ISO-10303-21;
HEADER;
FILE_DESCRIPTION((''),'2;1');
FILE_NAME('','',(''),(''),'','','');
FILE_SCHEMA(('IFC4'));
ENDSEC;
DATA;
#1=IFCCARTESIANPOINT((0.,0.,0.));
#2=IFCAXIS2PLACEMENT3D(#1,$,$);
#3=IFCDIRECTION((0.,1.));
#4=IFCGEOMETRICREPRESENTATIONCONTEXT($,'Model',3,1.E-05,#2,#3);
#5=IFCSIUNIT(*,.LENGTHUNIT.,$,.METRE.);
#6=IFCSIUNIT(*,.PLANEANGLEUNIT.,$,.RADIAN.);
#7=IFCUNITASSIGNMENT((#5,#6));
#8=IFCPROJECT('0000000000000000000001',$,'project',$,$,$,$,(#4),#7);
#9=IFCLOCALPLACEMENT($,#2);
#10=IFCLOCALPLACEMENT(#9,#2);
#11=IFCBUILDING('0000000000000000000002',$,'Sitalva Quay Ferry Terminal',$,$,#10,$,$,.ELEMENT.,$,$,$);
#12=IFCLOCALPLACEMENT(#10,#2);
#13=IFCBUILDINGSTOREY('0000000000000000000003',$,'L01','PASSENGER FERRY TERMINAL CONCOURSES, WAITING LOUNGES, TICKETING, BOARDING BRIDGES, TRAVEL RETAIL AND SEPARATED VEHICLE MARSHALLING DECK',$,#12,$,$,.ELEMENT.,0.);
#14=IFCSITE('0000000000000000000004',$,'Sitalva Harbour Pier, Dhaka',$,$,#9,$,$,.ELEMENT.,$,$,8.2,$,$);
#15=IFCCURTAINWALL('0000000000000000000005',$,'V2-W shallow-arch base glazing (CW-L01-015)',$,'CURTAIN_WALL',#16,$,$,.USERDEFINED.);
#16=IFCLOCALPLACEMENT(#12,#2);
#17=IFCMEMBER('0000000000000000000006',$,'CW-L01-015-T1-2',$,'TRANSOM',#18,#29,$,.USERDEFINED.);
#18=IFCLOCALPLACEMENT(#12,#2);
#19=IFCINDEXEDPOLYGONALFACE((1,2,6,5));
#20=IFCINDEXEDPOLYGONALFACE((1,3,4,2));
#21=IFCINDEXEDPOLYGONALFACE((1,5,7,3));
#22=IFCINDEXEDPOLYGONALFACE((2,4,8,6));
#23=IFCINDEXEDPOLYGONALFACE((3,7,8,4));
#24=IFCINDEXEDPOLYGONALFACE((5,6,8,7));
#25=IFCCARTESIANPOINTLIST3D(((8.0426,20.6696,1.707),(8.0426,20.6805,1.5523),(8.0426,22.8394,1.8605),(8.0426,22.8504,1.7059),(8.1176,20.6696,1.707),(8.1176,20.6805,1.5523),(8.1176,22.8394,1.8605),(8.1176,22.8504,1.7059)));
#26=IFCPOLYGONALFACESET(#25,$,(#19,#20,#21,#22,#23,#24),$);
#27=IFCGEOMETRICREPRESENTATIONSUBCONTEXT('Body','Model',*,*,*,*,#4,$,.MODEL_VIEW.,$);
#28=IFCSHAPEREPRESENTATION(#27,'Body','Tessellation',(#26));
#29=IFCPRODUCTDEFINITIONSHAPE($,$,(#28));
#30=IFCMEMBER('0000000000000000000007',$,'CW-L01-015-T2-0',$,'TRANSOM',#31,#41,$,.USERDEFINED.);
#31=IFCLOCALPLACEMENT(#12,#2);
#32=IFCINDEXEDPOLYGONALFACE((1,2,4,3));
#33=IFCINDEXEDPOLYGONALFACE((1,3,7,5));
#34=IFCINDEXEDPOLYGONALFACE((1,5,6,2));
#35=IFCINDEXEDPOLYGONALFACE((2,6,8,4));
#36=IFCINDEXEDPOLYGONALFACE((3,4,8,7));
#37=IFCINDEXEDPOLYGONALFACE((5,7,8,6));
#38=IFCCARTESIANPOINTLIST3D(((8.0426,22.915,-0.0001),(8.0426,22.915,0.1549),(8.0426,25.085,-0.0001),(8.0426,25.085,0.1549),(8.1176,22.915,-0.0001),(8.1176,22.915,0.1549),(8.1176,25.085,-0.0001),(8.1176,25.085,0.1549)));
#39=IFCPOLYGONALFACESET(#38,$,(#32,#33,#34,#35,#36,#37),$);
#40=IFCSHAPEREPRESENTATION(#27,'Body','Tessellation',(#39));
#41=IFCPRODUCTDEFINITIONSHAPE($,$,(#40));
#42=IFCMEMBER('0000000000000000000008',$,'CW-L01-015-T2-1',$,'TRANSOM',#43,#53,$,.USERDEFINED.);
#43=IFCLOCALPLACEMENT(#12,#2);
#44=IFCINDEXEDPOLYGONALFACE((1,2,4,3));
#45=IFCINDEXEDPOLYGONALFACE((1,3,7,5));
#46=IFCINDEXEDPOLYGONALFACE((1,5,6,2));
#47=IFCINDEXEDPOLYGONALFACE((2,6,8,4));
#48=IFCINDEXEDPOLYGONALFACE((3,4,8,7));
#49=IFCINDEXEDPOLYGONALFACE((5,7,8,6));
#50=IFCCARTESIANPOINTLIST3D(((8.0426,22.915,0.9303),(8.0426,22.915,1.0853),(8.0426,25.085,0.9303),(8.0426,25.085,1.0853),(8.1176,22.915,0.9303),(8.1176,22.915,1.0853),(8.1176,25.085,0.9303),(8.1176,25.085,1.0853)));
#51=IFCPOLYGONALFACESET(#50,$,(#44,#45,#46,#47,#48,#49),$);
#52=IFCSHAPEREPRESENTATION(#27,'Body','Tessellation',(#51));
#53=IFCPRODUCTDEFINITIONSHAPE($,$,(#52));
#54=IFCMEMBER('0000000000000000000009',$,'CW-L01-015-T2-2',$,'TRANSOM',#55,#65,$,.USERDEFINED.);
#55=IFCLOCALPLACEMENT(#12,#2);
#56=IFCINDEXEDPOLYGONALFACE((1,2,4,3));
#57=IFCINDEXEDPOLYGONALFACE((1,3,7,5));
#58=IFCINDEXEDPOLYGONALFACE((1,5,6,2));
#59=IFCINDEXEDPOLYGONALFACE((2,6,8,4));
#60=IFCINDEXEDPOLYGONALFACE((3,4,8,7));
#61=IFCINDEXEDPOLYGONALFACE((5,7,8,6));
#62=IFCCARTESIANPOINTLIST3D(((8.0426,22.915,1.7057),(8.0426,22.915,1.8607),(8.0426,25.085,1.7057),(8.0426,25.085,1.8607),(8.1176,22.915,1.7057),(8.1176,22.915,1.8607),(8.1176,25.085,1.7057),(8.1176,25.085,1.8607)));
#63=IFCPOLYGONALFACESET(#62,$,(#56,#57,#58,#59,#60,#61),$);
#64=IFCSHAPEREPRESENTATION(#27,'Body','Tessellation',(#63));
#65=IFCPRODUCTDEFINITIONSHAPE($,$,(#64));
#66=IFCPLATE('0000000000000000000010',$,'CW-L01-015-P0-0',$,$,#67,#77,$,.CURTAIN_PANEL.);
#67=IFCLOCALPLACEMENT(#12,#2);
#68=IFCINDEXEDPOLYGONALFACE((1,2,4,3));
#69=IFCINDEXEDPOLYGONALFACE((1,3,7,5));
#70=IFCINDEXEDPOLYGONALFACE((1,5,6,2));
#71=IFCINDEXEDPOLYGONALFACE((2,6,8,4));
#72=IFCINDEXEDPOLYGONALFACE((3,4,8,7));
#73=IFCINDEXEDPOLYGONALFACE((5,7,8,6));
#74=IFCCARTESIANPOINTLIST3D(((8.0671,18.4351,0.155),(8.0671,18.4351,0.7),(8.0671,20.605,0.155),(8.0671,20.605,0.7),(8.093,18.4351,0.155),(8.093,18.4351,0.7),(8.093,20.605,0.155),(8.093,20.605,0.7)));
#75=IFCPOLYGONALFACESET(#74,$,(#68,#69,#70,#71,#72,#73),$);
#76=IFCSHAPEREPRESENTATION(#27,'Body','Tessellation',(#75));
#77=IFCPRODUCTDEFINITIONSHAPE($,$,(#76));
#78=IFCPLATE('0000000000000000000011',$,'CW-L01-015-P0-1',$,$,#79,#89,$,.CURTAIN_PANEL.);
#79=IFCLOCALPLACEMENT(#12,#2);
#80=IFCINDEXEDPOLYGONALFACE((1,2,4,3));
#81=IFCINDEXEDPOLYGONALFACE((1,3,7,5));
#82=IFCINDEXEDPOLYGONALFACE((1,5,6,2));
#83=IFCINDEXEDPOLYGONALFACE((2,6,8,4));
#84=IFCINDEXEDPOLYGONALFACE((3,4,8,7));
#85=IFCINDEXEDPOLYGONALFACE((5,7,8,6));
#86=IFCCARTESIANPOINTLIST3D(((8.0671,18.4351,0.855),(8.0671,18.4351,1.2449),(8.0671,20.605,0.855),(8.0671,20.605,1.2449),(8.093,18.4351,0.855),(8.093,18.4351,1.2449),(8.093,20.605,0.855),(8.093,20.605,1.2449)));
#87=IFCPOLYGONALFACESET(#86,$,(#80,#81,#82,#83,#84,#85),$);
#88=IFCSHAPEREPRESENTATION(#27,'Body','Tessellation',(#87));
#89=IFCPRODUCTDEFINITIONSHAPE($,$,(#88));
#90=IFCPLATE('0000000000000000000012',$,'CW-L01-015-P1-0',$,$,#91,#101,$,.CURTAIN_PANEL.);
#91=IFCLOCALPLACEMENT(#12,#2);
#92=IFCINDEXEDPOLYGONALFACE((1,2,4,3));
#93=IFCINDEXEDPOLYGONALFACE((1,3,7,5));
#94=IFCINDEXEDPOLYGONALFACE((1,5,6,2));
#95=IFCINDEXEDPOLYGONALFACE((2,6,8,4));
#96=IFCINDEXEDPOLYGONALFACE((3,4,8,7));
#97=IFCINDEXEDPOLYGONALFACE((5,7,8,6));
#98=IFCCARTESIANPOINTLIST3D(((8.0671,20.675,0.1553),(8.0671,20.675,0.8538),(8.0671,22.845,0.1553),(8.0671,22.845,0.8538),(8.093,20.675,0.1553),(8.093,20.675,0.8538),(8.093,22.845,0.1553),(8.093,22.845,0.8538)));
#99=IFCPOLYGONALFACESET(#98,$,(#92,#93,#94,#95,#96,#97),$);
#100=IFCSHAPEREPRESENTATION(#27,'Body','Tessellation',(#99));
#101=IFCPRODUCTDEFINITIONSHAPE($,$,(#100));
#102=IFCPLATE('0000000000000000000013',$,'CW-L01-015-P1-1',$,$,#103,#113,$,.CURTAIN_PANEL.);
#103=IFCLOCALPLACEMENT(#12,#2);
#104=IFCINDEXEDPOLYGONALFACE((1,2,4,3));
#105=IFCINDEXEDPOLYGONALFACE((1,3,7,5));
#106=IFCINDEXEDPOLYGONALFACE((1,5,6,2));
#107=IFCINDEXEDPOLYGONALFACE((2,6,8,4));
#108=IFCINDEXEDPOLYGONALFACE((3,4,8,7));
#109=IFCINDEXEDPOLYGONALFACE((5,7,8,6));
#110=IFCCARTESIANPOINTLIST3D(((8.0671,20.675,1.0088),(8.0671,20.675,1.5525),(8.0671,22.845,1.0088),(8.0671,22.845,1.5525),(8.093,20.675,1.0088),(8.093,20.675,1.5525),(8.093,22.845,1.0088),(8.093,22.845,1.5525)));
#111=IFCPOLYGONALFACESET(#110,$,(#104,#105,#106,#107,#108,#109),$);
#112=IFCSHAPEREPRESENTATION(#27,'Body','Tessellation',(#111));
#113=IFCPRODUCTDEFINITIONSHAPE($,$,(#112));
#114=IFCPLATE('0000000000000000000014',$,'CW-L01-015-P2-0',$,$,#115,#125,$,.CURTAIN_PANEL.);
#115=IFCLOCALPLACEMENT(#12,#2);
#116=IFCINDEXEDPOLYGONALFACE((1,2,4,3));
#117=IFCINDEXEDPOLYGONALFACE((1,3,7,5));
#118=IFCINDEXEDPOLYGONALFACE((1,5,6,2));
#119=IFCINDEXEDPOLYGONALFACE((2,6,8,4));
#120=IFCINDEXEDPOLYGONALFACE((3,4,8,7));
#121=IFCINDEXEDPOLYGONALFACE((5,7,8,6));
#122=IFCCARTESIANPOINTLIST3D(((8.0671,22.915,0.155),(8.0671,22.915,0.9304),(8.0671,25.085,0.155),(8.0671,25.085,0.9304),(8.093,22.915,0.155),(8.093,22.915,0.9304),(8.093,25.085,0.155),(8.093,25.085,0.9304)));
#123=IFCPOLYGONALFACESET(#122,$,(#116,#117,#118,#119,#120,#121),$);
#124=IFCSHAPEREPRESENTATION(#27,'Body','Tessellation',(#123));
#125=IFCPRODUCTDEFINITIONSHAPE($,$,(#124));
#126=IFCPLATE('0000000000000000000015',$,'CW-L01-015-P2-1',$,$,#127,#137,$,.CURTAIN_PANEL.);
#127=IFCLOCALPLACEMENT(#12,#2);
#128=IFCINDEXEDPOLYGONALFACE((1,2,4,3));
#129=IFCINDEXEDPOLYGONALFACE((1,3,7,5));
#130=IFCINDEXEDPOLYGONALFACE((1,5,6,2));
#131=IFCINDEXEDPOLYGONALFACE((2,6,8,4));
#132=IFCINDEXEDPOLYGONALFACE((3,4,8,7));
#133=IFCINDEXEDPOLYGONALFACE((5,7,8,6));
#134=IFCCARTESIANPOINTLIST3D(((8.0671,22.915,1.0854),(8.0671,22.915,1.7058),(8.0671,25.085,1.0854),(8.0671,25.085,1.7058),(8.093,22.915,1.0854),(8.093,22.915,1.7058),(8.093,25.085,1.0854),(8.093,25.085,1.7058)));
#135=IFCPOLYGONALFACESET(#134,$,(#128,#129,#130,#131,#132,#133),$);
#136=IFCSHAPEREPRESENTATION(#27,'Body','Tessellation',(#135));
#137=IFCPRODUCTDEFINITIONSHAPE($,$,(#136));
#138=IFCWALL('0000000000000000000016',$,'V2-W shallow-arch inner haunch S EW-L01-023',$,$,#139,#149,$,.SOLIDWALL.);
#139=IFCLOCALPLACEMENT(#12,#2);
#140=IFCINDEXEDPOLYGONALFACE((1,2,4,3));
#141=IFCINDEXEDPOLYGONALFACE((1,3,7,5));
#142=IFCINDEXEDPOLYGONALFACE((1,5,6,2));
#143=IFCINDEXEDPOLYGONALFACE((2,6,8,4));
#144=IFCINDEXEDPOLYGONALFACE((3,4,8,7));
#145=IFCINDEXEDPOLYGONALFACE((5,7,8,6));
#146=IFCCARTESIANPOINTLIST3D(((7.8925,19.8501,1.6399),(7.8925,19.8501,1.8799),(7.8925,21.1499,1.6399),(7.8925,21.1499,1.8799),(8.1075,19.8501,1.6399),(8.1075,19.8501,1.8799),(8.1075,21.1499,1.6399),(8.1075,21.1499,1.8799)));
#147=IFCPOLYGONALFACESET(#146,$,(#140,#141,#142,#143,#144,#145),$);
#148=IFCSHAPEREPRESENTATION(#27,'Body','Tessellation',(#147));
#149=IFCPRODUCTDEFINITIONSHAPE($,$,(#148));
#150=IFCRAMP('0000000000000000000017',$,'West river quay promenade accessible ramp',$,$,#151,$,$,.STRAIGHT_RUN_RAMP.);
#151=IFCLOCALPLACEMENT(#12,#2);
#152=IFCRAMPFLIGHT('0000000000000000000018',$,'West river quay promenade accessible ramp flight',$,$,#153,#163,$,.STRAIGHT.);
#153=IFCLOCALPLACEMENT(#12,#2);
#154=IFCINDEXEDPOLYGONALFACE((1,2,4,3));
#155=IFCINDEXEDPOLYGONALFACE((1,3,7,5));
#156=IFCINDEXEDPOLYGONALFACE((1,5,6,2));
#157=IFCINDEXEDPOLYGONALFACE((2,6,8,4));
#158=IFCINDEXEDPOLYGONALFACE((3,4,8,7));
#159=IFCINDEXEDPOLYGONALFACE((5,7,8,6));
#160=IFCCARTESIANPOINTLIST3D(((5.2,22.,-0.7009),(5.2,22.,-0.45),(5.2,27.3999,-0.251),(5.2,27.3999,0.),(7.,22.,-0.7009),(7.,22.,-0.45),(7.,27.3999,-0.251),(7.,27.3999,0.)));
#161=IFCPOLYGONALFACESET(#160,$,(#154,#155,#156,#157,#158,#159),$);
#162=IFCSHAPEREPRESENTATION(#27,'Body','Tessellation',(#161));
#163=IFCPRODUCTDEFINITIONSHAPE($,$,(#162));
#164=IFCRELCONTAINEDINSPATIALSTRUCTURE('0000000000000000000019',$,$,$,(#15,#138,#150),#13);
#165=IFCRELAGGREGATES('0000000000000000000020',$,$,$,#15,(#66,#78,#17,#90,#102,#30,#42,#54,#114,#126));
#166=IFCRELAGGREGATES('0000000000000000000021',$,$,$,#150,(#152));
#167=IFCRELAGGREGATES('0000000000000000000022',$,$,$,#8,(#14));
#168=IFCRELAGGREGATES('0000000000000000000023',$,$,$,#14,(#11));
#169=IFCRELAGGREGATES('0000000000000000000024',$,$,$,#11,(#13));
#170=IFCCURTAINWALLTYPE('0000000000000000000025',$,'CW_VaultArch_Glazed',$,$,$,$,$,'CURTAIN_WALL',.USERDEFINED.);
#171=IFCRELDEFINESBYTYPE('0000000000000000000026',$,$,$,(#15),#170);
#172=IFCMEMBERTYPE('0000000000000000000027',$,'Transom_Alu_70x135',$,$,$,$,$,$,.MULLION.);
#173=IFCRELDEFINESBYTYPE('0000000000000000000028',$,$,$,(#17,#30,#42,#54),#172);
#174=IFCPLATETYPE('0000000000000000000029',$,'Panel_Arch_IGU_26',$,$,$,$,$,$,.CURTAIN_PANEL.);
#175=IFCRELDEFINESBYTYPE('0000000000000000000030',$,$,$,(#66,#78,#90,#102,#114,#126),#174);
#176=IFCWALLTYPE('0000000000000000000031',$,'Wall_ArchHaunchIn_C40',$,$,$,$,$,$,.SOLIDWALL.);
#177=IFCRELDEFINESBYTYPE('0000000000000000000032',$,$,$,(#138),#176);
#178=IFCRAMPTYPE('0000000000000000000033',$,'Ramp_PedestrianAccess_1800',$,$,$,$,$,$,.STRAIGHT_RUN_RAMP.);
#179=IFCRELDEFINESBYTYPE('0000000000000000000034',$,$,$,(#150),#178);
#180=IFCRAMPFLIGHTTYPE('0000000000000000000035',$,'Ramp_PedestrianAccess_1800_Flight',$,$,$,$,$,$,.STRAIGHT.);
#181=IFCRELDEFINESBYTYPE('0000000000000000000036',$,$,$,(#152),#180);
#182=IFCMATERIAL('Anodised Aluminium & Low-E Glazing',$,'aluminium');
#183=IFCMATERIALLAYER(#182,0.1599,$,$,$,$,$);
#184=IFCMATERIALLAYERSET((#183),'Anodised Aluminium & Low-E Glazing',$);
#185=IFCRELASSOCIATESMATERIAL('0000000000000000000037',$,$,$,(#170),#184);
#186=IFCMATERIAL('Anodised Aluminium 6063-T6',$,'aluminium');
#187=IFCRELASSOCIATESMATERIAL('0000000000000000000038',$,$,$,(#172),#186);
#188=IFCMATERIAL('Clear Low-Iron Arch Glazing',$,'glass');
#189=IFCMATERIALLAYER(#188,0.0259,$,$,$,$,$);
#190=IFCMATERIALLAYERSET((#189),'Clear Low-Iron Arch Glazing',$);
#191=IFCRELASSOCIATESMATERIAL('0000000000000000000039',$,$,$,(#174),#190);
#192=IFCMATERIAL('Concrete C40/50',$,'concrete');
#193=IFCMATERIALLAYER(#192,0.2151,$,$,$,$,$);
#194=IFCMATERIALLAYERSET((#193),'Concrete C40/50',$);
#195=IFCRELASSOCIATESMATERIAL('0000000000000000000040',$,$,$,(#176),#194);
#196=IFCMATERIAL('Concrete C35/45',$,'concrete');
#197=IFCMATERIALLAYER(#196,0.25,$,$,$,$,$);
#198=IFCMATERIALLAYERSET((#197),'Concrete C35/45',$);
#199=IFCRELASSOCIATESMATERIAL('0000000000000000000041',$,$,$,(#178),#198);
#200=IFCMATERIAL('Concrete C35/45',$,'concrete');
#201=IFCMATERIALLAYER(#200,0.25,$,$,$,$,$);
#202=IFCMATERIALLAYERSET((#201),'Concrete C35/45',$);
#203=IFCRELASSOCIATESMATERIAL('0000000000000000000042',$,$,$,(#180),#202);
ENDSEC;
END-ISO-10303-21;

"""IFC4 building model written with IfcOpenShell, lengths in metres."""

from ifc_helpers import new_model, si_unit, direction, frame, frame_2d, origin, origin_2d, place, context, subcontext, project, spatial, polyline, rectangle, outline, extrude, material, layer, layer_set, material_profile, profile_set, type_object, element, aggregate, save


model = new_model("IFC4")

# Units and contexts
model_context = context("Model", 3, precision=1e-05, world=origin(), true_north=direction((0.0, 1.0)))
body_context = subcontext(model_context, "Body", "Model", "MODEL_VIEW")
ifc_project = project(units=[si_unit("LENGTHUNIT", "METRE"), si_unit("PLANEANGLEUNIT", "RADIAN")], contexts=[model_context])

# Site, building, storey
site_placement = place(None, origin())
site = spatial("IfcSite", under=ifc_project, at=site_placement, Name="Sitalva Harbour Pier, Dhaka", CompositionType="ELEMENT", RefElevation=8.2)
building_placement = place(site_placement, origin())
building = spatial("IfcBuilding", under=site, at=building_placement, Name="Sitalva Quay Ferry Terminal", CompositionType="ELEMENT")
storey_placement = place(building_placement, origin())
storey = spatial("IfcBuildingStorey", under=building, at=storey_placement, Name="L01", Description="PASSENGER FERRY TERMINAL CONCOURSES, WAITING LOUNGES, TICKETING, BOARDING BRIDGES, TRAVEL RETAIL AND SEPARATED VEHICLE MARSHALLING DECK", CompositionType="ELEMENT", Elevation=0.0)

# Curtain wall, members, plates
ifc_material_1 = material(Name="Anodised Aluminium & Low-E Glazing", Category="aluminium")
ifc_layer_1 = layer(ifc_material_1, 0.1599)
ifc_layer_set_1 = layer_set([ifc_layer_1], Name="Anodised Aluminium & Low-E Glazing")
curtain_wall_type = type_object("IfcCurtainWallType", Name="CW_VaultArch_Glazed", ElementType="CURTAIN_WALL", PredefinedType="USERDEFINED", material=ifc_layer_set_1)
curtain_wall_placement = place(storey_placement, origin())
curtain_wall = element("IfcCurtainWall", 1, at=curtain_wall_placement, inside=storey, type_object=curtain_wall_type, Name="V2-W shallow-arch base glazing (CW-L01-015)", ObjectType="CURTAIN_WALL", PredefinedType="USERDEFINED")
ifc_material_2 = material(Name="Anodised Aluminium 6063-T6", Category="aluminium")
ifc_material_profile_1 = material_profile(ifc_material_2, rectangle(XDim=0.075, YDim=0.155, at=origin_2d()), Name="ALU75x155")
ifc_profile_set_1 = profile_set([ifc_material_profile_1], Name="Anodised Aluminium 6063-T6")
member_type_1 = type_object("IfcMemberType", Name="Transom_Alu_70x135", PredefinedType="MULLION", material=ifc_profile_set_1)
member_1_placement = place(storey_placement, frame((8.0801, 20.675, 1.6296), z_axis=(0.0, 0.997505, 0.070593), x_axis=(-1.0, 0.0, 0.0)))
member_1 = element("IfcMember", 2, at=member_1_placement, type_object=member_type_1, Name="CW-L01-015-T1-2", ObjectType="TRANSOM", PredefinedType="USERDEFINED", context=body_context, shape_type="SweptSolid", body=[
    extrude(rectangle(XDim=0.075, YDim=0.155, at=origin_2d()), origin(), (0.0, 0.0, 1.0), 2.1753),
])
member_2_placement = place(storey_placement, frame((8.0801, 22.915, 0.0774), z_axis=(0.0, 1.0, 0.0), x_axis=(-1.0, 0.0, 0.0)))
member_2 = element("IfcMember", 3, at=member_2_placement, type_object=member_type_1, Name="CW-L01-015-T2-0", ObjectType="TRANSOM", PredefinedType="USERDEFINED", context=body_context, shape_type="SweptSolid", body=[
    extrude(rectangle(XDim=0.075, YDim=0.155, at=origin_2d()), origin(), (0.0, 0.0, 1.0), 2.1699),
])
member_3_placement = place(storey_placement, frame((8.0801, 22.915, 1.0078), z_axis=(0.0, 1.0, 0.0), x_axis=(-1.0, 0.0, 0.0)))
member_3 = element("IfcMember", 4, at=member_3_placement, type_object=member_type_1, Name="CW-L01-015-T2-1", ObjectType="TRANSOM", PredefinedType="USERDEFINED", context=body_context, shape_type="SweptSolid", body=[
    extrude(rectangle(XDim=0.075, YDim=0.155, at=origin_2d()), origin(), (0.0, 0.0, 1.0), 2.1699),
])
member_4_placement = place(storey_placement, frame((8.0801, 22.915, 1.7832), z_axis=(0.0, 1.0, 0.0), x_axis=(-1.0, 0.0, 0.0)))
member_4 = element("IfcMember", 5, at=member_4_placement, type_object=member_type_1, Name="CW-L01-015-T2-2", ObjectType="TRANSOM", PredefinedType="USERDEFINED", context=body_context, shape_type="SweptSolid", body=[
    extrude(rectangle(XDim=0.075, YDim=0.155, at=origin_2d()), origin(), (0.0, 0.0, 1.0), 2.1699),
])
ifc_material_3 = material(Name="Clear Low-Iron Arch Glazing", Category="glass")
ifc_layer_2 = layer(ifc_material_3, 0.0259)
ifc_layer_set_2 = layer_set([ifc_layer_2], Name="Clear Low-Iron Arch Glazing")
plate_type = type_object("IfcPlateType", Name="Panel_Arch_IGU_26", PredefinedType="CURTAIN_PANEL", material=ifc_layer_set_2)
plate_1_placement = place(storey_placement, frame((8.0801, 19.52, 0.155), z_axis=(0.0, 0.0, 1.0), x_axis=(0.0, 1.0, 0.0)))
plate_1 = element("IfcPlate", 6, at=plate_1_placement, type_object=plate_type, Name="CW-L01-015-P0-0", PredefinedType="CURTAIN_PANEL", context=body_context, shape_type="SweptSolid", body=[
    extrude(rectangle(XDim=2.1699, YDim=0.0259, at=origin_2d()), origin(), (0.0, 0.0, 1.0), 0.5449),
])
plate_2_placement = place(storey_placement, frame((8.0801, 19.52, 0.855), z_axis=(0.0, 0.0, 1.0), x_axis=(0.0, 1.0, 0.0)))
plate_2 = element("IfcPlate", 7, at=plate_2_placement, type_object=plate_type, Name="CW-L01-015-P0-1", PredefinedType="CURTAIN_PANEL", context=body_context, shape_type="SweptSolid", body=[
    extrude(rectangle(XDim=2.1699, YDim=0.0259, at=origin_2d()), origin(), (0.0, 0.0, 1.0), 0.3899),
])
plate_3_placement = place(storey_placement, frame((8.0801, 21.76, 0.1553), z_axis=(0.0, 0.0, 1.0), x_axis=(0.0, 1.0, 0.0)))
plate_3 = element("IfcPlate", 8, at=plate_3_placement, type_object=plate_type, Name="CW-L01-015-P1-0", PredefinedType="CURTAIN_PANEL", context=body_context, shape_type="SweptSolid", body=[
    extrude(rectangle(XDim=2.1699, YDim=0.0259, at=origin_2d()), origin(), (0.0, 0.0, 1.0), 0.6985),
])
plate_4_placement = place(storey_placement, frame((8.0801, 21.76, 1.0088), z_axis=(0.0, 0.0, 1.0), x_axis=(0.0, 1.0, 0.0)))
plate_4 = element("IfcPlate", 9, at=plate_4_placement, type_object=plate_type, Name="CW-L01-015-P1-1", PredefinedType="CURTAIN_PANEL", context=body_context, shape_type="SweptSolid", body=[
    extrude(rectangle(XDim=2.1699, YDim=0.0259, at=origin_2d()), origin(), (0.0, 0.0, 1.0), 0.5437),
])
plate_5_placement = place(storey_placement, frame((8.0801, 24.0, 0.155), z_axis=(0.0, 0.0, 1.0), x_axis=(0.0, 1.0, 0.0)))
plate_5 = element("IfcPlate", 10, at=plate_5_placement, type_object=plate_type, Name="CW-L01-015-P2-0", PredefinedType="CURTAIN_PANEL", context=body_context, shape_type="SweptSolid", body=[
    extrude(rectangle(XDim=2.1699, YDim=0.0259, at=origin_2d()), origin(), (0.0, 0.0, 1.0), 0.7754),
])
plate_6_placement = place(storey_placement, frame((8.0801, 24.0, 1.0854), z_axis=(0.0, 0.0, 1.0), x_axis=(0.0, 1.0, 0.0)))
plate_6 = element("IfcPlate", 11, at=plate_6_placement, type_object=plate_type, Name="CW-L01-015-P2-1", PredefinedType="CURTAIN_PANEL", context=body_context, shape_type="SweptSolid", body=[
    extrude(rectangle(XDim=2.1699, YDim=0.0259, at=origin_2d()), origin(), (0.0, 0.0, 1.0), 0.6204),
])
aggregate(curtain_wall, [plate_1, plate_2, member_1, plate_3, plate_4, member_2, member_3, member_4, plate_5, plate_6])

# Wall
ifc_material_4 = material(Name="Concrete C40/50", Category="concrete")
ifc_layer_3 = layer(ifc_material_4, 0.2151)
ifc_layer_set_3 = layer_set([ifc_layer_3], Name="Concrete C40/50")
wall_type = type_object("IfcWallType", Name="Wall_ArchHaunchIn_C40", PredefinedType="SOLIDWALL", material=ifc_layer_set_3)
wall_placement = place(storey_placement, frame((8.0, 19.8501, 1.6399), z_axis=(0.0, 0.0, 1.0), x_axis=(0.0, 1.0, 0.0)))
element("IfcWall", 12, at=wall_placement, inside=storey, type_object=wall_type, Name="V2-W shallow-arch inner haunch S EW-L01-023", PredefinedType="SOLIDWALL", context=body_context, shape_type="SweptSolid", body=[
    extrude(rectangle(XDim=1.2998, YDim=0.2151, at=frame_2d((0.6499, 0.0))), origin(), (0.0, 0.0, 1.0), 0.24),
])

# Ramp, ramp flight
ifc_material_5 = material(Name="Concrete C35/45", Category="concrete")
ifc_layer_4 = layer(ifc_material_5, 0.25)
ifc_layer_set_4 = layer_set([ifc_layer_4], Name="Concrete C35/45")
ramp_type = type_object("IfcRampType", Name="Ramp_PedestrianAccess_1800", PredefinedType="STRAIGHT_RUN_RAMP", material=ifc_layer_set_4)
ramp_placement = place(storey_placement, origin())
ramp = element("IfcRamp", 13, at=ramp_placement, inside=storey, type_object=ramp_type, Name="West river quay promenade accessible ramp", PredefinedType="STRAIGHT_RUN_RAMP")
ifc_material_6 = material(Name="Concrete C35/45", Category="concrete")
ifc_layer_5 = layer(ifc_material_6, 0.25)
ifc_layer_set_5 = layer_set([ifc_layer_5], Name="Concrete C35/45")
ramp_flight_type = type_object("IfcRampFlightType", Name="Ramp_PedestrianAccess_1800_Flight", PredefinedType="STRAIGHT", material=ifc_layer_set_5)
ramp_flight_placement = place(storey_placement, frame((5.2, 22.0, -0.45), z_axis=(0.0, -0.083038, 0.996546), x_axis=(1.0, 0.0, 0.0)))
ramp_flight = element("IfcRampFlight", 14, at=ramp_flight_placement, type_object=ramp_flight_type, Name="West river quay promenade accessible ramp flight", PredefinedType="STRAIGHT", context=body_context, shape_type="SweptSolid", body=[
    extrude(outline(polyline([(0.0, 0.0), (1.8, 0.0), (1.8, 5.4186), (0.0, 5.4186), (0.0, 0.0)])), origin(), (0.0, -0.083038, -0.996546), 0.251),
])
aggregate(ramp, [ramp_flight])

save(model, "model.ifc")
